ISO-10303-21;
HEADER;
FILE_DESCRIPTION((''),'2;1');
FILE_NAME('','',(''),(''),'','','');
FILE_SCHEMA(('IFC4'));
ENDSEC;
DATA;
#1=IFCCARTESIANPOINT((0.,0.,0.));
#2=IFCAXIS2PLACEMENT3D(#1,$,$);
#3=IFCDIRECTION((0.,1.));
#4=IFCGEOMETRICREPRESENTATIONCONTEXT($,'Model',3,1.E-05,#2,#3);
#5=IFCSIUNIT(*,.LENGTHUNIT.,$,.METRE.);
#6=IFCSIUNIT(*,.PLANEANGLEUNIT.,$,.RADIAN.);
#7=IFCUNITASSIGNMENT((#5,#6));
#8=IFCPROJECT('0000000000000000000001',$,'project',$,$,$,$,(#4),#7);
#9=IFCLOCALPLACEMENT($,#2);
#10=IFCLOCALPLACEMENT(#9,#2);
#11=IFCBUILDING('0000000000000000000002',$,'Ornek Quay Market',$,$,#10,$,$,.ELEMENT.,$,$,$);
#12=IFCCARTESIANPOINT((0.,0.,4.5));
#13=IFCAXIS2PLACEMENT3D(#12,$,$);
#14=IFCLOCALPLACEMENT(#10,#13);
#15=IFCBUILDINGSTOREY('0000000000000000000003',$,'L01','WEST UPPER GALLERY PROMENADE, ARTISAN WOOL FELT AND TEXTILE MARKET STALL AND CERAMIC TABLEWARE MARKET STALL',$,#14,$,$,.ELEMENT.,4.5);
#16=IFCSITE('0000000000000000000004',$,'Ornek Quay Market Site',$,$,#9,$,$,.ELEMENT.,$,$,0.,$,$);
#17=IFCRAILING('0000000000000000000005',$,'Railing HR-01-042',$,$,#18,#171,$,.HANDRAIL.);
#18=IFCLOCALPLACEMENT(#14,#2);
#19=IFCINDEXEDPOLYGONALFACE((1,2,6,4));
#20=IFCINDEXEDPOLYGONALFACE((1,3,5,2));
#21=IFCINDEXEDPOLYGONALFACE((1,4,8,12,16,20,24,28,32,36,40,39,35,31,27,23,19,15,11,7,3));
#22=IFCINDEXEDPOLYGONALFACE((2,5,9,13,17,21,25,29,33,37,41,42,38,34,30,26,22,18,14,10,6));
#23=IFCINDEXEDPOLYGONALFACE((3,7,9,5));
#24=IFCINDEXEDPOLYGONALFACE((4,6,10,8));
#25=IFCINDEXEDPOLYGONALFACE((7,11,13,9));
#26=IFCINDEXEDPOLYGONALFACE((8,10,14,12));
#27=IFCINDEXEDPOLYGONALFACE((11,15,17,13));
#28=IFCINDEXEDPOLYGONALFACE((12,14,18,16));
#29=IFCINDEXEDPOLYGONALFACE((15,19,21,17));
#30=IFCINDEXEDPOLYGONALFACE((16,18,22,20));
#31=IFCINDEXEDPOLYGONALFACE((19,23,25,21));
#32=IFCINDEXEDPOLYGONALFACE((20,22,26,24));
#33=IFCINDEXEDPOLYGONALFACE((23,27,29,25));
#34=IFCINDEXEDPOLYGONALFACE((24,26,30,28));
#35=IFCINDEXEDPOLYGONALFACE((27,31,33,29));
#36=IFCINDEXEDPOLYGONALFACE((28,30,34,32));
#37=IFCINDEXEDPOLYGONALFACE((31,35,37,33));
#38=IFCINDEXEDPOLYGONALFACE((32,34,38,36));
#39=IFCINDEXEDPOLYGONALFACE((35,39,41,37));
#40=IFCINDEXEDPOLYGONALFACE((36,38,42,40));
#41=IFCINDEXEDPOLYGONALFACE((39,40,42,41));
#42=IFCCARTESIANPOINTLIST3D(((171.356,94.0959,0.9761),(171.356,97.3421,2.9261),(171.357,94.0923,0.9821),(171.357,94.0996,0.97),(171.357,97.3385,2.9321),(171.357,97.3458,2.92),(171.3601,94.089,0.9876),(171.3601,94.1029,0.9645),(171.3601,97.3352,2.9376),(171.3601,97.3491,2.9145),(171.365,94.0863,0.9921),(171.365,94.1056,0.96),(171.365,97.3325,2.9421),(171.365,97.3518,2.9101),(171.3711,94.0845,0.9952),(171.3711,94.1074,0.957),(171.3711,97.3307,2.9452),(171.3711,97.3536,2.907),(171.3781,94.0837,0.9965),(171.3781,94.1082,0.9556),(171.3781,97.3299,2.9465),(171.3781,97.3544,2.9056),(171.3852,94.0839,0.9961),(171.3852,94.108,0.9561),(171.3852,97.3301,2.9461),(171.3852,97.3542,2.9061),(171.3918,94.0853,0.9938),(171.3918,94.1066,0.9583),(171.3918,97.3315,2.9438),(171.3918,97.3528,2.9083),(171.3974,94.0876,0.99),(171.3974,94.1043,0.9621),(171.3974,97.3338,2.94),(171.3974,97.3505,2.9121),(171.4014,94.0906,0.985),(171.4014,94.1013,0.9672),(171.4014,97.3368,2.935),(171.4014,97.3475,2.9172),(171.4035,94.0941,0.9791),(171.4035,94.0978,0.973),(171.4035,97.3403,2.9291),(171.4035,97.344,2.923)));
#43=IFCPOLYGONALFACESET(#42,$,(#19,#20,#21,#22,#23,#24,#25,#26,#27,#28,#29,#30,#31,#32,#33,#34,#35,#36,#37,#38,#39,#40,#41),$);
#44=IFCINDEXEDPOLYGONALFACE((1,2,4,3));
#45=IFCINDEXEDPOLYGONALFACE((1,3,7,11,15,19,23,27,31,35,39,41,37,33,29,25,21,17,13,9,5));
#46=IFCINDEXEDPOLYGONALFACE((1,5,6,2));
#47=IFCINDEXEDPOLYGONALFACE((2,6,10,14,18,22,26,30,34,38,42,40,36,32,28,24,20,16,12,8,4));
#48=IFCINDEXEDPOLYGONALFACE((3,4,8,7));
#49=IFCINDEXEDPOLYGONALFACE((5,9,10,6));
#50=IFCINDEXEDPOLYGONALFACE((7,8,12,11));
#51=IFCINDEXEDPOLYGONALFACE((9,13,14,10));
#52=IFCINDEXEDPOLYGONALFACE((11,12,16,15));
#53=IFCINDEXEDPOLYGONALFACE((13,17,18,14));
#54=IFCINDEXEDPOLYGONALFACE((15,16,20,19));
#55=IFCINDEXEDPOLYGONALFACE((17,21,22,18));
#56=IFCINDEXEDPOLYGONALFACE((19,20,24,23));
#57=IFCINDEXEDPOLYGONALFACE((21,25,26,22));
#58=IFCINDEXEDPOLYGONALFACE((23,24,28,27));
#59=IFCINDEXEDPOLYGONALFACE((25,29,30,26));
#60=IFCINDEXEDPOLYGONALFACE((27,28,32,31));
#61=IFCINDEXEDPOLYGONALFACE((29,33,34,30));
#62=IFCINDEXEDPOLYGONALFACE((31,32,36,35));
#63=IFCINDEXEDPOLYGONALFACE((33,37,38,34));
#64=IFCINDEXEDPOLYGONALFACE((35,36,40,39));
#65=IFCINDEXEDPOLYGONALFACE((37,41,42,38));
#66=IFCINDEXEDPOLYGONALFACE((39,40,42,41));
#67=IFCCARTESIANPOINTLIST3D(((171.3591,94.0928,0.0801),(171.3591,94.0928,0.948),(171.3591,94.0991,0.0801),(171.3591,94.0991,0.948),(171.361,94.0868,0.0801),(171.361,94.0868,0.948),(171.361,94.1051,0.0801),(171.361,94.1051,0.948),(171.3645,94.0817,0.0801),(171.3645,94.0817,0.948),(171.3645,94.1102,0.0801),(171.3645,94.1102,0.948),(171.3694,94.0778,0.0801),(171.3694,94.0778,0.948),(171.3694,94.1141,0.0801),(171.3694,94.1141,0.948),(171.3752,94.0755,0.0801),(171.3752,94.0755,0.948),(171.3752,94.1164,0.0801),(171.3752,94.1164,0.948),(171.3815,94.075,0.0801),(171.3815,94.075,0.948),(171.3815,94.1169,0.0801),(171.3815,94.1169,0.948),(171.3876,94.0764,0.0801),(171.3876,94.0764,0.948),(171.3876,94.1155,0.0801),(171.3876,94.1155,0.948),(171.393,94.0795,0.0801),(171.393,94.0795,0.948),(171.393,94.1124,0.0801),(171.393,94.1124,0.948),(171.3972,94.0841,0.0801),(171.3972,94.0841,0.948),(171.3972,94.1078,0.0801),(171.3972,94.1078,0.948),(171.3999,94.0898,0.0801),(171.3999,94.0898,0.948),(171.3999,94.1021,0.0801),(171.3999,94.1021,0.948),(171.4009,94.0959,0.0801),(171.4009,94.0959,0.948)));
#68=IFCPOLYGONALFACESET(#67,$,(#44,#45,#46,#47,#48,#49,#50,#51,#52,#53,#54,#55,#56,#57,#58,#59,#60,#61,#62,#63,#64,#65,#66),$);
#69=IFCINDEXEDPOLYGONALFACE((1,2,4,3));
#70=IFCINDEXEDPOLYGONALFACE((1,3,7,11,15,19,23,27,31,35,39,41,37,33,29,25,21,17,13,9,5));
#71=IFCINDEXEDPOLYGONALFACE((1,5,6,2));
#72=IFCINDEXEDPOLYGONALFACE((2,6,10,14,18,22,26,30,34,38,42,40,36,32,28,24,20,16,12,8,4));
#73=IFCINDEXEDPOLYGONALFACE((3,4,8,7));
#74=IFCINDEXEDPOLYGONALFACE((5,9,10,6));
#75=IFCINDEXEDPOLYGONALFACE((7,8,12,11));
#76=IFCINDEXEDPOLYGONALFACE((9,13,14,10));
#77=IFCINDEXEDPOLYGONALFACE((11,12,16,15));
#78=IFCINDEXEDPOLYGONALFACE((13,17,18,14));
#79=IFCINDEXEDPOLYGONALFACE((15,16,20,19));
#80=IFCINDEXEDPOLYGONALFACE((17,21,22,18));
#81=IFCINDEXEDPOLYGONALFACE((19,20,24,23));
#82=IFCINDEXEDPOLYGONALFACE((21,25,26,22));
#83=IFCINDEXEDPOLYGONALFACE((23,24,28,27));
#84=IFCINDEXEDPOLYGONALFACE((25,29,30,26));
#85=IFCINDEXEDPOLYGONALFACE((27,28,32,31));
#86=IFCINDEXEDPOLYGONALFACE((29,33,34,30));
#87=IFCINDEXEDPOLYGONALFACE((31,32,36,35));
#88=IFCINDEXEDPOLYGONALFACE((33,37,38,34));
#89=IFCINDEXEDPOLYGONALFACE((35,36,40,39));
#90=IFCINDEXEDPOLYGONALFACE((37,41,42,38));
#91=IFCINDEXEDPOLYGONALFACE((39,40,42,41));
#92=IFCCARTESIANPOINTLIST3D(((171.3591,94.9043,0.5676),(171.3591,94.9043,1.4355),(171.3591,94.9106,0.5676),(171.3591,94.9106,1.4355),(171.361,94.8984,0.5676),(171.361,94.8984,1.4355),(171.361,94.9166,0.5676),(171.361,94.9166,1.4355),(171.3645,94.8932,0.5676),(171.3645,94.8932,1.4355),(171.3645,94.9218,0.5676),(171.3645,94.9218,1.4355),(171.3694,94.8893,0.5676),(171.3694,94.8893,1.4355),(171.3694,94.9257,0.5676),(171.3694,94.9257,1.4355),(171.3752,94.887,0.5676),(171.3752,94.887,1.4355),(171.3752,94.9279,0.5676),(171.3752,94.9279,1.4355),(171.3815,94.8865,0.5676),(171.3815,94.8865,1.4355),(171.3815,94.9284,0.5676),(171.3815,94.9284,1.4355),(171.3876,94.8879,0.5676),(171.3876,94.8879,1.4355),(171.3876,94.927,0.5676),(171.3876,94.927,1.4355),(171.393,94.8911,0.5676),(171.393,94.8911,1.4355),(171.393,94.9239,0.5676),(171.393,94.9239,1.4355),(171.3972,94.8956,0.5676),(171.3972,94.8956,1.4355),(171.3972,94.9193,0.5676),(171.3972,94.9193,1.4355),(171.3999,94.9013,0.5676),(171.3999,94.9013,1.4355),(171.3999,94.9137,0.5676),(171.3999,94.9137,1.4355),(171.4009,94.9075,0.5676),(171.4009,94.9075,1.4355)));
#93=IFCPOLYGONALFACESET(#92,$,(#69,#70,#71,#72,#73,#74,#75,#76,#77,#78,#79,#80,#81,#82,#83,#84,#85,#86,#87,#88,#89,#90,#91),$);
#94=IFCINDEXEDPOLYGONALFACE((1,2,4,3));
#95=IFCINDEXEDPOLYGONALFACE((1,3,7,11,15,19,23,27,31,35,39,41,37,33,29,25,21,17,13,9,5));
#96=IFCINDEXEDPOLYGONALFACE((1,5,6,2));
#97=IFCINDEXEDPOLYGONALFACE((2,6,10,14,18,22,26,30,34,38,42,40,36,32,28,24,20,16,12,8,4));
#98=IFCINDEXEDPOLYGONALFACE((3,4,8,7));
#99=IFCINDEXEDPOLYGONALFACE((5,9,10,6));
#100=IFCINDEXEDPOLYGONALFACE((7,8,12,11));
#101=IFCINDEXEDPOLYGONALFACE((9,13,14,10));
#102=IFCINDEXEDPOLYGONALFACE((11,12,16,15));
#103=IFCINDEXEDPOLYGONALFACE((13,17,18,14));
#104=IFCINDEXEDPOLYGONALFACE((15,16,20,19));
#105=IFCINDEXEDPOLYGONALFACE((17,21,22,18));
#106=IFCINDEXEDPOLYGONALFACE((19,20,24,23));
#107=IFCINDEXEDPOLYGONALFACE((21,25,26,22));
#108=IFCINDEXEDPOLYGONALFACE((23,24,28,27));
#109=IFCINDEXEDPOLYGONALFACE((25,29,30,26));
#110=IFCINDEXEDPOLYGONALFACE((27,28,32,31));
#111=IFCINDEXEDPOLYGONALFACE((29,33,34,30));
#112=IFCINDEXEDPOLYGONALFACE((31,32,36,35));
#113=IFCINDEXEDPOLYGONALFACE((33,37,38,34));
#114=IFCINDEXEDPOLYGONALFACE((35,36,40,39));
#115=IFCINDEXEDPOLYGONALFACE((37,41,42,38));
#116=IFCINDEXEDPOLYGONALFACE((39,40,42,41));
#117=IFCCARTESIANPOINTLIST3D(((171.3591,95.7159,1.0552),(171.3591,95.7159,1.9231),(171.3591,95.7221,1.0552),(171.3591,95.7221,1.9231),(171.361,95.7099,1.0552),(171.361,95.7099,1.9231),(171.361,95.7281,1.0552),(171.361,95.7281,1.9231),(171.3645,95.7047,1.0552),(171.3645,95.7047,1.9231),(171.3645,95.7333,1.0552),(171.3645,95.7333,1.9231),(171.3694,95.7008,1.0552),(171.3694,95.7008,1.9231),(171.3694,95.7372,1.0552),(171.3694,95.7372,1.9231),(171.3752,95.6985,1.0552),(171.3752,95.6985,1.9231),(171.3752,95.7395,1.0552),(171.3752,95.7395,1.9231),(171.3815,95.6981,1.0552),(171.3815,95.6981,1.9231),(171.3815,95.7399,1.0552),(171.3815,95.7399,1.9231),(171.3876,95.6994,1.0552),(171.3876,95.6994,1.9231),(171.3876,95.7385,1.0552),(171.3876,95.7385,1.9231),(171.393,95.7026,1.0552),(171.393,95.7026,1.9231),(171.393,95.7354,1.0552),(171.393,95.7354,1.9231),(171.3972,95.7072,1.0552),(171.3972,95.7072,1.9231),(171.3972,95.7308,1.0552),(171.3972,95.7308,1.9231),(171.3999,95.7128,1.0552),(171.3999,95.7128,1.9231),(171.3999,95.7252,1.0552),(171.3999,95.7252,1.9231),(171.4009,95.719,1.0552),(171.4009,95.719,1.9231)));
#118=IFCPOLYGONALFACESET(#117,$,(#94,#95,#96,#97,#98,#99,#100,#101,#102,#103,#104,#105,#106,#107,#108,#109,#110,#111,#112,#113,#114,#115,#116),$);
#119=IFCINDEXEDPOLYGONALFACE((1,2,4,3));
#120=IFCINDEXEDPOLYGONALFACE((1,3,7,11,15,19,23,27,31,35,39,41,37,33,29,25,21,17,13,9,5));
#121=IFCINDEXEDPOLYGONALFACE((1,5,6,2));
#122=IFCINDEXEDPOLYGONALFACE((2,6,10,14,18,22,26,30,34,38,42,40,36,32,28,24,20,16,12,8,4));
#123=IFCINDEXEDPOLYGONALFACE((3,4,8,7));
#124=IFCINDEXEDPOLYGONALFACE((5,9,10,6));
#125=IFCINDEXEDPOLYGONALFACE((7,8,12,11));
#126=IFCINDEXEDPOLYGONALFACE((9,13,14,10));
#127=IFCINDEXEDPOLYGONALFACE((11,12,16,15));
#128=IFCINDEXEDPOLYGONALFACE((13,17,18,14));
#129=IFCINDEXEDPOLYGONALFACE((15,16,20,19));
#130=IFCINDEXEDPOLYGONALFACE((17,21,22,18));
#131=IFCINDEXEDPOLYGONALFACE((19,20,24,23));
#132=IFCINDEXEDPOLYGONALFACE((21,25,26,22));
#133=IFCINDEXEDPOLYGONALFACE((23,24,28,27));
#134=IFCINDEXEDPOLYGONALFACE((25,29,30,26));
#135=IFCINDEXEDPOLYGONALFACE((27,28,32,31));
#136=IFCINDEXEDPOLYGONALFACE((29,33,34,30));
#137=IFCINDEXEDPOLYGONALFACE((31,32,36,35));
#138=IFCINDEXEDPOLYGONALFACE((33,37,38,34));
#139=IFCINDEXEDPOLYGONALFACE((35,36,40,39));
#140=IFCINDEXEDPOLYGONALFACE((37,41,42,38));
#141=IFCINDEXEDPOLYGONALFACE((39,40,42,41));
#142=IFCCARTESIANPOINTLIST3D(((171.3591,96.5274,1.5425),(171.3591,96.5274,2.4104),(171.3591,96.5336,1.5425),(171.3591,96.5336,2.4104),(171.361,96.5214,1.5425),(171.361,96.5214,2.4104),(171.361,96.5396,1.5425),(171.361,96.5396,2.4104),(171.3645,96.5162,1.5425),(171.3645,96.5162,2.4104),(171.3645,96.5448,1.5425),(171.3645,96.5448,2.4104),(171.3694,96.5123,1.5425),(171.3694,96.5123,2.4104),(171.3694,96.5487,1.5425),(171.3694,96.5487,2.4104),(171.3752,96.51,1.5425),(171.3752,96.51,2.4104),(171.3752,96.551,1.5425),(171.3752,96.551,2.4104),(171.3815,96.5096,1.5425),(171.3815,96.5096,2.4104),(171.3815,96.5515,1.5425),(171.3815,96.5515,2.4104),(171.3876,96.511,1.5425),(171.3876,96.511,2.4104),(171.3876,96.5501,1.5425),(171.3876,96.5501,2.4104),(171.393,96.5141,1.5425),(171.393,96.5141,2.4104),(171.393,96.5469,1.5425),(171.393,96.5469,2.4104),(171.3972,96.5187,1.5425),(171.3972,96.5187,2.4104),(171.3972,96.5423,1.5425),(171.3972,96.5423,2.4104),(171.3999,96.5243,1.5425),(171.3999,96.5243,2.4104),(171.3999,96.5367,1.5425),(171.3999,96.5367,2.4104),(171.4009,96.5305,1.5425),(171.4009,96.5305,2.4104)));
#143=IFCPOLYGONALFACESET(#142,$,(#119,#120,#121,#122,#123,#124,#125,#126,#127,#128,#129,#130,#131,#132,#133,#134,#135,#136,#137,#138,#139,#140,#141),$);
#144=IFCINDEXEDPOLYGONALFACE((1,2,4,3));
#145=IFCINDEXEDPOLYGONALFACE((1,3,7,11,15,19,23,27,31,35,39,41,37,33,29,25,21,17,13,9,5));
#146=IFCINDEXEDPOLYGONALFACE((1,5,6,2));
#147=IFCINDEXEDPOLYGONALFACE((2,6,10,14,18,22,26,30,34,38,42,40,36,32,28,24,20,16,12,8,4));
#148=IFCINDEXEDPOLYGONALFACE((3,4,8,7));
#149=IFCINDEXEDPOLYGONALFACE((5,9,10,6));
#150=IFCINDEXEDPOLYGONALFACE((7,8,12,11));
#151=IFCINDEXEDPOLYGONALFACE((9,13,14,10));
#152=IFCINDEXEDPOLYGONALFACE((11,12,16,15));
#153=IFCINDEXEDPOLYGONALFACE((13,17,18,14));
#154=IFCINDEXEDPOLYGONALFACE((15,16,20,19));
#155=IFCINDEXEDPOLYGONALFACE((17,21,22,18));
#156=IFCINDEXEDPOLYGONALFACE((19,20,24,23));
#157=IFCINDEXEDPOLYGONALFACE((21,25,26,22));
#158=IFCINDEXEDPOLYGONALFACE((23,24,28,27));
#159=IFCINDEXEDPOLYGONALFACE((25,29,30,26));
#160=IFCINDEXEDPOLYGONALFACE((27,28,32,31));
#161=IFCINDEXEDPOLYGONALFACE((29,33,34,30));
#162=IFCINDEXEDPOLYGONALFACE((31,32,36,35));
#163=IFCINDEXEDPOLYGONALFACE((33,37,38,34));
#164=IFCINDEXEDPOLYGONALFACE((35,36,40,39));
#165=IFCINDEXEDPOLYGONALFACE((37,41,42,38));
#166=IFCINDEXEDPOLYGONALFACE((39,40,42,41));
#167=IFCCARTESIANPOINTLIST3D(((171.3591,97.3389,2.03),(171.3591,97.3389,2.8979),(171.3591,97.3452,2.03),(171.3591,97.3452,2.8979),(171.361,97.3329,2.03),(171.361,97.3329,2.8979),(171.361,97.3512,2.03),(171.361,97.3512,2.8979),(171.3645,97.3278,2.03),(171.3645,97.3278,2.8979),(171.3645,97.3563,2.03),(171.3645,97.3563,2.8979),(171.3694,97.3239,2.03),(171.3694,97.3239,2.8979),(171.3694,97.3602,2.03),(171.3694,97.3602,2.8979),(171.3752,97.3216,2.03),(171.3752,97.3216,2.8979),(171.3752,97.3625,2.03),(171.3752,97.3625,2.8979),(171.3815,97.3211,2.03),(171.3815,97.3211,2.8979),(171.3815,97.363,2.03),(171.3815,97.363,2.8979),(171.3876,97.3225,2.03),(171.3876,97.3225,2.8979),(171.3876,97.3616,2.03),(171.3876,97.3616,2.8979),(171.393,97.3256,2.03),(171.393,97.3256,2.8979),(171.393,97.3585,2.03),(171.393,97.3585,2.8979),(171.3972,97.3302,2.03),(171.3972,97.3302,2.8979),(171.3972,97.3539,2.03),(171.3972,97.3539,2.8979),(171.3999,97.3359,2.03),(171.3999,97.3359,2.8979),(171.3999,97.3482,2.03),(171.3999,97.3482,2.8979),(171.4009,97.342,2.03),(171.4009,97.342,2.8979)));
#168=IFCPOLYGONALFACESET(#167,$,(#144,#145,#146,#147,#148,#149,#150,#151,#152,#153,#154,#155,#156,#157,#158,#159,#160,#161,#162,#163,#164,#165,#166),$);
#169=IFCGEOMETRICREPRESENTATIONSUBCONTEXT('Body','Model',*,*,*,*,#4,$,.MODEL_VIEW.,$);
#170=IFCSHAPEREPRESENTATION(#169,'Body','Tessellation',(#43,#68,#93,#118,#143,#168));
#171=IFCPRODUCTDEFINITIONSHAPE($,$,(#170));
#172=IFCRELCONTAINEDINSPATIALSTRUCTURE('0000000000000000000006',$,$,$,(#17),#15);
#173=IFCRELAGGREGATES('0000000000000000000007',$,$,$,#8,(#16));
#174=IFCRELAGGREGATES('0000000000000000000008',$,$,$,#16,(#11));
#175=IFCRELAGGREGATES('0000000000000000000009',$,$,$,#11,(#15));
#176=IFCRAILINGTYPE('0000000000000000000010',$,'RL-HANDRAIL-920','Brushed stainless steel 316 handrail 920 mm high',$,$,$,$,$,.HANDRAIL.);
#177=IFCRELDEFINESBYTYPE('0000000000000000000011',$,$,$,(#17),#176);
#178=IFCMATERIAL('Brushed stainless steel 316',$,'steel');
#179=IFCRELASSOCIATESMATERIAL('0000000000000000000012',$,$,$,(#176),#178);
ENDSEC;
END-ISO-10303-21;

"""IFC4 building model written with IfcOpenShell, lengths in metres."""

from ifc_helpers import new_model, si_unit, direction, frame, origin, origin_2d, place, context, subcontext, project, spatial, circle, extrude, material, type_object, element, save


model = new_model("IFC4")

# Units and contexts
model_context = context("Model", 3, precision=1e-05, world=origin(), true_north=direction((0.0, 1.0)))
body_context = subcontext(model_context, "Body", "Model", "MODEL_VIEW")
ifc_project = project(units=[si_unit("LENGTHUNIT", "METRE"), si_unit("PLANEANGLEUNIT", "RADIAN")], contexts=[model_context])

# Site, building, storey
site_placement = place(None, origin())
site = spatial("IfcSite", under=ifc_project, at=site_placement, Name="Ornek Quay Market Site", CompositionType="ELEMENT", RefElevation=0.0)
building_placement = place(site_placement, origin())
building = spatial("IfcBuilding", under=site, at=building_placement, Name="Ornek Quay Market", CompositionType="ELEMENT")
storey_placement = place(building_placement, frame((0.0, 0.0, 4.5)))
storey = spatial("IfcBuildingStorey", under=building, at=storey_placement, Name="L01", Description="WEST UPPER GALLERY PROMENADE, ARTISAN WOOL FELT AND TEXTILE MARKET STALL AND CERAMIC TABLEWARE MARKET STALL", CompositionType="ELEMENT", Elevation=4.5)

# Railing
ifc_material_1 = material(Name="Brushed stainless steel 316", Category="steel")
railing_type_1 = type_object("IfcRailingType", Name="RL-HANDRAIL-920", Description="Brushed stainless steel 316 handrail 920 mm high", PredefinedType="HANDRAIL", material=ifc_material_1)
railing_1_placement = place(storey_placement, frame((171.3799, 94.0959, 0.0801)))
element("IfcRailing", 1, at=railing_1_placement, inside=storey, type_object=railing_type_1, Name="Railing HR-01-042", PredefinedType="HANDRAIL", context=body_context, shape_type="SweptSolid", body=[
    extrude(circle(Radius=0.0239, at=origin_2d()), frame((0.0, 0.0, 0.896), z_axis=(0.0, 0.857225, 0.514941), x_axis=(-1.0, 0.0, 0.0)), (0.0, 0.0, 1.0), 3.7869),
    extrude(circle(Radius=0.021, at=origin_2d()), origin(), (0.0, 0.0, 1.0), 0.8679),
    extrude(circle(Radius=0.021, at=origin_2d()), frame((0.0, 0.8115, 0.4875)), (0.0, 0.0, 1.0), 0.8679),
    extrude(circle(Radius=0.021, at=origin_2d()), frame((0.0, 1.623, 0.9751)), (0.0, 0.0, 1.0), 0.8679),
    extrude(circle(Radius=0.021, at=origin_2d()), frame((0.0, 2.4346, 1.4624)), (0.0, 0.0, 1.0), 0.8679),
    extrude(circle(Radius=0.021, at=origin_2d()), frame((0.0, 3.2461, 1.95)), (0.0, 0.0, 1.0), 0.8679),
])

save(model, "model.ifc")
